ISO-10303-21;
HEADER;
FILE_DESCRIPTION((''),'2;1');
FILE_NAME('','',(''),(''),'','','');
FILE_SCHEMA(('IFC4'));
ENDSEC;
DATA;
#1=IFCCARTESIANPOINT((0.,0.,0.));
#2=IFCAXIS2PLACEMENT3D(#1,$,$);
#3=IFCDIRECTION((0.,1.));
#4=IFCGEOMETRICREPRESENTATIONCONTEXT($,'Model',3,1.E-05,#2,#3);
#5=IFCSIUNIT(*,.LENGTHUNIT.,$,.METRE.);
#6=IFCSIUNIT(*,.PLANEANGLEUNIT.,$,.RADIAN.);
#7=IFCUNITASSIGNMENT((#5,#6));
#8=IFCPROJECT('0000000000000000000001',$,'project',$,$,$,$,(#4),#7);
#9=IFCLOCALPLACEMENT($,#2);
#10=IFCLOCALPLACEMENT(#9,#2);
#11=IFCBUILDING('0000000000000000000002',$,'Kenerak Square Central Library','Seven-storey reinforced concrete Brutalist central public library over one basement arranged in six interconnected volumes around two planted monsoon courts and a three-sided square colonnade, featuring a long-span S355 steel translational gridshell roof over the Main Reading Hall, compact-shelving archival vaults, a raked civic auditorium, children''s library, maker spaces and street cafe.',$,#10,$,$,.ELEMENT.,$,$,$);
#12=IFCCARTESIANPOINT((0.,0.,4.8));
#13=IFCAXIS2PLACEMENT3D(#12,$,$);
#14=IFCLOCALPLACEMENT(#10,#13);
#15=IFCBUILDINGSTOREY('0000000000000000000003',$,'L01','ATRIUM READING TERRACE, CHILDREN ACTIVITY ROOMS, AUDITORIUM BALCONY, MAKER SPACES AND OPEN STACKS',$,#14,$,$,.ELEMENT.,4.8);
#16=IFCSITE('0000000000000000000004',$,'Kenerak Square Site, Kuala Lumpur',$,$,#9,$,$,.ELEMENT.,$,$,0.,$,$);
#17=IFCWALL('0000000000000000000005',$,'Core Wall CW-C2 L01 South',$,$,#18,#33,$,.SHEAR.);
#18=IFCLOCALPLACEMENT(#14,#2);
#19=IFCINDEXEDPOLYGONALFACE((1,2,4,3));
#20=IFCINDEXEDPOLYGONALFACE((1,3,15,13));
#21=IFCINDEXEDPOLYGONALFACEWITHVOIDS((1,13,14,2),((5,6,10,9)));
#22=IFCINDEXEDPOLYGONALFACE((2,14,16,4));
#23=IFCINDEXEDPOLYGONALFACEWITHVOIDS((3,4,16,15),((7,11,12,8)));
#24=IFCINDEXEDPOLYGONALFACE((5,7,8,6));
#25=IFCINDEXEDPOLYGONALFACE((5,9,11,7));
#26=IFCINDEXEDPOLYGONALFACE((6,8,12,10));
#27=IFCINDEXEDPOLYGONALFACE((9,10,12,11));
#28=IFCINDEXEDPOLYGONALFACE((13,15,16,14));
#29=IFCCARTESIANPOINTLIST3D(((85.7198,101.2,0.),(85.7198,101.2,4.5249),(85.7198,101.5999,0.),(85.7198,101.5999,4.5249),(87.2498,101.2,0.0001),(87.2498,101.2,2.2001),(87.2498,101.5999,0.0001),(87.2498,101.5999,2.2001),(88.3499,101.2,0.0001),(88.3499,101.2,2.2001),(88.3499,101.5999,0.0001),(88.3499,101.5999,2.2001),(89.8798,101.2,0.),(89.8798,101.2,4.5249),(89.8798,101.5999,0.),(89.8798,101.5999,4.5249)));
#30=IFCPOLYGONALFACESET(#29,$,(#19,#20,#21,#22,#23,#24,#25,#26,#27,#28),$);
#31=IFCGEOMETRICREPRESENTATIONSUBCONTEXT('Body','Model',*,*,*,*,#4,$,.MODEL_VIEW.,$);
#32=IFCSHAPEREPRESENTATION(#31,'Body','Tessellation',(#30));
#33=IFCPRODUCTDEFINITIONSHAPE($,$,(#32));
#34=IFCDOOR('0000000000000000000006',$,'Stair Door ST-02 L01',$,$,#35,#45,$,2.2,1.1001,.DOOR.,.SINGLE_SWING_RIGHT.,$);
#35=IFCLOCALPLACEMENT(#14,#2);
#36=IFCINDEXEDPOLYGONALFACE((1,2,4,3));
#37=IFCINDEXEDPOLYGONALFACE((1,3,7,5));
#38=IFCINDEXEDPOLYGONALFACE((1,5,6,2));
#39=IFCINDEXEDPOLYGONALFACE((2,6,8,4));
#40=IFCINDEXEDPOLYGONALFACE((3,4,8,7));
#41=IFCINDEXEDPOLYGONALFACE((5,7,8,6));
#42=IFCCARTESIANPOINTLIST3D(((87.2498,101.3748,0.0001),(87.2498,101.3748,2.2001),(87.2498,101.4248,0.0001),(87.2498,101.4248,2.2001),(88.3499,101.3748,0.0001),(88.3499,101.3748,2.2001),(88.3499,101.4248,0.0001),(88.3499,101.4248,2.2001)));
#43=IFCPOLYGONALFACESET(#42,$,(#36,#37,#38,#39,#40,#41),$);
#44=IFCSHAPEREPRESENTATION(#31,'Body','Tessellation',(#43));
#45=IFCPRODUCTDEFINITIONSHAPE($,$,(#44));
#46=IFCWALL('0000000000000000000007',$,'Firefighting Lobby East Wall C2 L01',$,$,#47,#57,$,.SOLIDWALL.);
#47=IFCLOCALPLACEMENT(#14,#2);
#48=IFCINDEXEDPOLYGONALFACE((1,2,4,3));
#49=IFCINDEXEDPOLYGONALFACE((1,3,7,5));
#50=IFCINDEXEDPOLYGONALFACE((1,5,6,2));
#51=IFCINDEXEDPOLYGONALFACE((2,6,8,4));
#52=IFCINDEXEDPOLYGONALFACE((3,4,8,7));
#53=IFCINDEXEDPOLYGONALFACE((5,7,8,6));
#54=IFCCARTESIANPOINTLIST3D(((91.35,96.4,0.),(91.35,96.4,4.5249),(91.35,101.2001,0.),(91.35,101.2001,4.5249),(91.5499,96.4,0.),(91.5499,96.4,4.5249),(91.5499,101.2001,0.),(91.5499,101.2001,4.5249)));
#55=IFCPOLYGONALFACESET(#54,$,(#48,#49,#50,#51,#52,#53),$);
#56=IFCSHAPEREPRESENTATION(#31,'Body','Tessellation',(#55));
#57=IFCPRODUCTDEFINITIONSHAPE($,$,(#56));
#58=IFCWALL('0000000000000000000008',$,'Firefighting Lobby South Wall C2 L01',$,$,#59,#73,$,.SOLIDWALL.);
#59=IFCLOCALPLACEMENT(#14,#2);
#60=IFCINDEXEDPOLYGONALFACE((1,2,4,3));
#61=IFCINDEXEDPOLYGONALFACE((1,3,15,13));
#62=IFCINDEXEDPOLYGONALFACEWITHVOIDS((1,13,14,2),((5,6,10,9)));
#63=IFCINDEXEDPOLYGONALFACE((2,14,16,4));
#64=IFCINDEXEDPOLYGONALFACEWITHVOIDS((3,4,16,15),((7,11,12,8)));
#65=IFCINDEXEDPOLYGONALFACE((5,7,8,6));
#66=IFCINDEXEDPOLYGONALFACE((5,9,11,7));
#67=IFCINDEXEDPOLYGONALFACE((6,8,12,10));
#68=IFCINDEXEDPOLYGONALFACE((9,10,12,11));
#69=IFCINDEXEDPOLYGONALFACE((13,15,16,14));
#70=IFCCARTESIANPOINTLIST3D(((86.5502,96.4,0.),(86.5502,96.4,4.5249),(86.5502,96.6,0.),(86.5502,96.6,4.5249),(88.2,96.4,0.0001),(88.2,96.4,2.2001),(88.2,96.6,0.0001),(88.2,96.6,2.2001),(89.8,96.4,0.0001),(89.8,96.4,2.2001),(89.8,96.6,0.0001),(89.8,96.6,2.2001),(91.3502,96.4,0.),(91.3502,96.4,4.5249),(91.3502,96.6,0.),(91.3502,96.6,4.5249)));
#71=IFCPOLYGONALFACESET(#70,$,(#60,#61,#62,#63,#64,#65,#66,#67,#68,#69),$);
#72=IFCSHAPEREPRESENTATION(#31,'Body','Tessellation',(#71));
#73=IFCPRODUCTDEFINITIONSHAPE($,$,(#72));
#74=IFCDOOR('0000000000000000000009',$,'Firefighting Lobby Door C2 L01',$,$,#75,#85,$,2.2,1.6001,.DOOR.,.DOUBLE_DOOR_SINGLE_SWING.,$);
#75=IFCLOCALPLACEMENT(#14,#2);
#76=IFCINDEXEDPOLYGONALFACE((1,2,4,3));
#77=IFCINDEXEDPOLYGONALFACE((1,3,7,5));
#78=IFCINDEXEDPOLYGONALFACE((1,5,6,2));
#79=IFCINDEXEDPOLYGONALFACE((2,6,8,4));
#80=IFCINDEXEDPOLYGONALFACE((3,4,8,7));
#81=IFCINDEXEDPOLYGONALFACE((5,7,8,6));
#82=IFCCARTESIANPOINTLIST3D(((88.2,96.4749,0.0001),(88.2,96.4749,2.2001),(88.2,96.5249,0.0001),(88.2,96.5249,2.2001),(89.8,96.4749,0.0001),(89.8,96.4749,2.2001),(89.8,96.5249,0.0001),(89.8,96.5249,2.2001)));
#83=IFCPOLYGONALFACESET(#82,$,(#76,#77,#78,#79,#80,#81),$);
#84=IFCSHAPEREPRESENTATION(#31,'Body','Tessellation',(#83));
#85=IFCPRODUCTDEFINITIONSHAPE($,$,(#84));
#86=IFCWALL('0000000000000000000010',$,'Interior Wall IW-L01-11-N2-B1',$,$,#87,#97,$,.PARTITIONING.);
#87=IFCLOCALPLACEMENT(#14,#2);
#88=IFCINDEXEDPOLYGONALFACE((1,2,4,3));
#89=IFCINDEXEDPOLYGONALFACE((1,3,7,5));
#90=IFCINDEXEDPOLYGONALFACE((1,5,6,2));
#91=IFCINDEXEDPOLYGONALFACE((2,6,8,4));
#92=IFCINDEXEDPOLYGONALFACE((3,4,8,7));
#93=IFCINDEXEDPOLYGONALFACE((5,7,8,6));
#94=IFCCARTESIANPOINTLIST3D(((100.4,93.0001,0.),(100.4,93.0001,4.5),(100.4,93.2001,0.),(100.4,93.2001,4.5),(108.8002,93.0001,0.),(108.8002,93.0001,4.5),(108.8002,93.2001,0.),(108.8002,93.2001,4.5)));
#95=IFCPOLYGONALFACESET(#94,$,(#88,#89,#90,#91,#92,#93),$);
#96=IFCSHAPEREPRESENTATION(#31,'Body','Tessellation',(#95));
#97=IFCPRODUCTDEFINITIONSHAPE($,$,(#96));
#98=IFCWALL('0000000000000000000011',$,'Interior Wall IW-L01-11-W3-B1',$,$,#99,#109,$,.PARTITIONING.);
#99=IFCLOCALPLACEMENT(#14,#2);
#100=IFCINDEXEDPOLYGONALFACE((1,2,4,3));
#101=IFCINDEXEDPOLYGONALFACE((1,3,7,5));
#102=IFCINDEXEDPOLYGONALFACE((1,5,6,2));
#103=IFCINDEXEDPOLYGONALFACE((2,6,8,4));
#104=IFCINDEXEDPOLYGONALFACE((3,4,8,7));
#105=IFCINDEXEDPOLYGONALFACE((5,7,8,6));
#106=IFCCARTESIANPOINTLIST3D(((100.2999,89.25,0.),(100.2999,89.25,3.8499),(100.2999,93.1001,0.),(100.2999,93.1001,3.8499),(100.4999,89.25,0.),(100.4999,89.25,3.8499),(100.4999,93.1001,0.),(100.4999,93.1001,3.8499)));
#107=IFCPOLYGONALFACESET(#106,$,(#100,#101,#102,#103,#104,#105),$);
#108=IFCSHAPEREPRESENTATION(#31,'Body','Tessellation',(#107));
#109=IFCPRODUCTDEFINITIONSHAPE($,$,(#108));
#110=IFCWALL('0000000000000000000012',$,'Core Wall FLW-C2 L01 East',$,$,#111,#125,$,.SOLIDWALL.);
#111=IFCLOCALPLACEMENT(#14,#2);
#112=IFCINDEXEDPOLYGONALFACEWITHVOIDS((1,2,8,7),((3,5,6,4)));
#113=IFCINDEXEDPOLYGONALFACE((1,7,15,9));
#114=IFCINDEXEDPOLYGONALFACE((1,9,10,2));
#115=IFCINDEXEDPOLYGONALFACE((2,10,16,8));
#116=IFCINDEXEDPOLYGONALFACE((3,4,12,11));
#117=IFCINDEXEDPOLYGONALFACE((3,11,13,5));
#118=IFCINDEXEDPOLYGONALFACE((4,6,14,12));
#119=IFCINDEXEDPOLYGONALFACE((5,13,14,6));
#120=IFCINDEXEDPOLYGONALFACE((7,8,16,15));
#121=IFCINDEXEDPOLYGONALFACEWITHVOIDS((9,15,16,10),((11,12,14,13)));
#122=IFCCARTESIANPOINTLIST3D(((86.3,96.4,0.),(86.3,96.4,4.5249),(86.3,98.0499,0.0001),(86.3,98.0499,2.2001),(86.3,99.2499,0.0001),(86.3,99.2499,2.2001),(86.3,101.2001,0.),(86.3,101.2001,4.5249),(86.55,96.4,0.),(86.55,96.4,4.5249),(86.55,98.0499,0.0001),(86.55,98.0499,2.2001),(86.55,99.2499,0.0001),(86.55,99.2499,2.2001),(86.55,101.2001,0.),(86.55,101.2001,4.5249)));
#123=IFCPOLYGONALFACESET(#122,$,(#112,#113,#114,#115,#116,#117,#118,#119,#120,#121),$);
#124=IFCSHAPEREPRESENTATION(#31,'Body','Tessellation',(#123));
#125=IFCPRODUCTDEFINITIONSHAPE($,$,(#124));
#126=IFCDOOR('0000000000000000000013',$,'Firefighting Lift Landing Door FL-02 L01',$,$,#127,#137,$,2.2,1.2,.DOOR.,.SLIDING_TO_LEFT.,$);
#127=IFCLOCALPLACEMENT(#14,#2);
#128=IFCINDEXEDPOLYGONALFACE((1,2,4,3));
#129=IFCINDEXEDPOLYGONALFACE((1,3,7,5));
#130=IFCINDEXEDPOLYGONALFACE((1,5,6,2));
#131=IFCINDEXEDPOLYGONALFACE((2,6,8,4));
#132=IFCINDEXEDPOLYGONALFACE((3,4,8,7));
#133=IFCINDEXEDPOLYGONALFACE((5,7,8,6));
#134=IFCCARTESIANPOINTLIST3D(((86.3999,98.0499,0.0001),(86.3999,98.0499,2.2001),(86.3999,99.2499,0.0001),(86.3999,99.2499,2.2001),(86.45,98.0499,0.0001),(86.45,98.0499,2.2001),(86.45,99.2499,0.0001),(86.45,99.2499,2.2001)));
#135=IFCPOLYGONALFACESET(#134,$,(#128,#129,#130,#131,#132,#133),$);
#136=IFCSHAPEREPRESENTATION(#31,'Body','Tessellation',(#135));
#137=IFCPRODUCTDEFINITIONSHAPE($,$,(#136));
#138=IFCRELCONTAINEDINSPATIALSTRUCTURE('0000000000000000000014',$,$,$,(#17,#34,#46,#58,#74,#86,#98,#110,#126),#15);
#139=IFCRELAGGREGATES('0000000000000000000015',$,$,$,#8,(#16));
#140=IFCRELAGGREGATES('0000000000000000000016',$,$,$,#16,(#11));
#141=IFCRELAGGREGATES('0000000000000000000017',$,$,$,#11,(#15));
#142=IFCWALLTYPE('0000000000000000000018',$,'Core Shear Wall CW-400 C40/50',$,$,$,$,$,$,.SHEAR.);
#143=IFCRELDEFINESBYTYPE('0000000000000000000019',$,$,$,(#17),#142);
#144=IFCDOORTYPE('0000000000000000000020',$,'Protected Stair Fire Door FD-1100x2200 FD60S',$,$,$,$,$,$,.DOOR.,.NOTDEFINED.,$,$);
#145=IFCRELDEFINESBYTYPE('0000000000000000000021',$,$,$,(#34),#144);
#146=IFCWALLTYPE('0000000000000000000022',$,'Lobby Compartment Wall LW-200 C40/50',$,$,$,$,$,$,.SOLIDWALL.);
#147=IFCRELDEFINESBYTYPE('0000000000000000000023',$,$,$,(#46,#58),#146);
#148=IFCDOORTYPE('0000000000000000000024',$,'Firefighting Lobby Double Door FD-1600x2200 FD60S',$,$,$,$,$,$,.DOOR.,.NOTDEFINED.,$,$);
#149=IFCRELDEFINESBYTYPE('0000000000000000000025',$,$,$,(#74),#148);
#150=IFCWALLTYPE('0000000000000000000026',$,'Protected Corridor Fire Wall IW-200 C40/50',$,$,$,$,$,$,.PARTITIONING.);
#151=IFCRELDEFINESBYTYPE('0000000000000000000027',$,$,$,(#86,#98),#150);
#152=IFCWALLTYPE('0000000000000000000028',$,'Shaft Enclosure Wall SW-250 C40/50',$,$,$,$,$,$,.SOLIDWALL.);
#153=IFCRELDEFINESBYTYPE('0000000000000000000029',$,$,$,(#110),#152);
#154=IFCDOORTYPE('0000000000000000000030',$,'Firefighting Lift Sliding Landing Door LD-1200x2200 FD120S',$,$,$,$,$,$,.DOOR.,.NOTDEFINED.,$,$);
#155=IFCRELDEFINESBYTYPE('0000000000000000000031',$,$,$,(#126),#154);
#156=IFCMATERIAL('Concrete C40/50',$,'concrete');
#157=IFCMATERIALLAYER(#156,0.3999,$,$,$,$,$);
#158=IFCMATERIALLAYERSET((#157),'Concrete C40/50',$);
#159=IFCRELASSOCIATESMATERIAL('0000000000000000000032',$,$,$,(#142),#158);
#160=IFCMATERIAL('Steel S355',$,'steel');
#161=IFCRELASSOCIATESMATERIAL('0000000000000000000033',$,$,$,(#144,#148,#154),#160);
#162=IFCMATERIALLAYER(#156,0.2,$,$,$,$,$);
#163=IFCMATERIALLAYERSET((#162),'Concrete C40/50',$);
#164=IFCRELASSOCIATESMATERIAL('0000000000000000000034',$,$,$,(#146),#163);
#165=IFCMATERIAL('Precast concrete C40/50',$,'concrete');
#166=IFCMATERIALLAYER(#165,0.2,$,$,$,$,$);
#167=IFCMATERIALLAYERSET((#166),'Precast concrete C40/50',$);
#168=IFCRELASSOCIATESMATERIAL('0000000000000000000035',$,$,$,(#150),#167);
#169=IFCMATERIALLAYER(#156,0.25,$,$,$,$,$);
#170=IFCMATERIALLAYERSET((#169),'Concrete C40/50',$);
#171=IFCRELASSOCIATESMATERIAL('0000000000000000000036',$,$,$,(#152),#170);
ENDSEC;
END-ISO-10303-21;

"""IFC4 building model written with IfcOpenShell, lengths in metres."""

from ifc_helpers import new_model, si_unit, direction, frame, frame_2d, origin, place, context, subcontext, project, spatial, rectangle, extrude, material, layer, layer_set, type_object, element, fill, save


model = new_model("IFC4")

# Units and contexts
model_context = context("Model", 3, precision=1e-05, world=origin(), true_north=direction((0.0, 1.0)))
body_context = subcontext(model_context, "Body", "Model", "MODEL_VIEW")
ifc_project = project(units=[si_unit("LENGTHUNIT", "METRE"), si_unit("PLANEANGLEUNIT", "RADIAN")], contexts=[model_context])

# Site, building, storey
site_placement = place(None, origin())
site = spatial("IfcSite", under=ifc_project, at=site_placement, Name="Kenerak Square Site, Kuala Lumpur", CompositionType="ELEMENT", RefElevation=0.0)
building_placement = place(site_placement, origin())
building = spatial("IfcBuilding", under=site, at=building_placement, Name="Kenerak Square Central Library", Description="Seven-storey reinforced concrete Brutalist central public library over one basement arranged in six interconnected volumes around two planted monsoon courts and a three-sided square colonnade, featuring a long-span S355 steel translational gridshell roof over the Main Reading Hall, compact-shelving archival vaults, a raked civic auditorium, children's library, maker spaces and street cafe.", CompositionType="ELEMENT")
storey_placement = place(building_placement, frame((0.0, 0.0, 4.8)))
storey = spatial("IfcBuildingStorey", under=building, at=storey_placement, Name="L01", Description="ATRIUM READING TERRACE, CHILDREN ACTIVITY ROOMS, AUDITORIUM BALCONY, MAKER SPACES AND OPEN STACKS", CompositionType="ELEMENT", Elevation=4.8)

# Shared definitions
ifc_material_1 = material(Name="Concrete C40/50", Category="concrete")

# Wall, opening, door
ifc_layer_1 = layer(ifc_material_1, 0.3999)
ifc_layer_set_1 = layer_set([ifc_layer_1], Name="Concrete C40/50")
wall_type_1 = type_object("IfcWallType", Name="Core Shear Wall CW-400 C40/50", PredefinedType="SHEAR", material=ifc_layer_set_1)
wall_1_placement = place(storey_placement, frame((89.8799, 101.3999, 0.0), z_axis=(0.0, 0.0, 1.0), x_axis=(-1.0, 0.0, 0.0)))
wall_1 = element("IfcWall", 1, at=wall_1_placement, inside=storey, type_object=wall_type_1, Name="Core Wall CW-C2 L01 South", PredefinedType="SHEAR", context=body_context, shape_type="SweptSolid", body=[
    extrude(rectangle(XDim=4.1599, YDim=0.3999, at=frame_2d((2.0801, 0.0))), origin(), (0.0, 0.0, 1.0), 4.5249),
])
opening_1_placement = place(wall_1_placement, frame((1.53, 0.0, 0.0)))
opening_1 = element("IfcOpeningElement", 2, at=opening_1_placement, cuts=wall_1, PredefinedType="OPENING", context=body_context, shape_type="SweptSolid", body=[
    extrude(rectangle(XDim=1.1001, YDim=2.2, at=frame_2d((0.55, 1.1001))), frame((0.0, 0.21, 0.0), z_axis=(0.0, -1.0, 0.0), x_axis=(1.0, 0.0, 0.0)), (0.0, 0.0, 1.0), 0.4199),
])
ifc_material_2 = material(Name="Steel S355", Category="steel")
door_type_1 = type_object("IfcDoorType", Name="Protected Stair Fire Door FD-1100x2200 FD60S", OperationType="NOTDEFINED", PredefinedType="DOOR", material=ifc_material_2)
door_1_placement = place(opening_1_placement, frame((1.1001, 0.0, 0.0), z_axis=(0.0, 0.0, 1.0), x_axis=(-1.0, 0.0, 0.0)))
door_1 = element("IfcDoor", 3, at=door_1_placement, inside=storey, type_object=door_type_1, Name="Stair Door ST-02 L01", OperationType="SINGLE_SWING_RIGHT", OverallHeight=2.2, OverallWidth=1.1001, PredefinedType="DOOR", context=body_context, shape_type="SweptSolid", body=[
    extrude(rectangle(XDim=1.1001, YDim=2.2, at=frame_2d((0.55, 1.1001))), frame((0.0, 0.0249, 0.0), z_axis=(0.0, -1.0, 0.0), x_axis=(1.0, 0.0, 0.0)), (0.0, 0.0, 1.0), 0.05),
])
fill(opening_1, door_1)

# Wall
ifc_layer_2 = layer(ifc_material_1, 0.2)
ifc_layer_set_2 = layer_set([ifc_layer_2], Name="Concrete C40/50")
wall_type_2 = type_object("IfcWallType", Name="Lobby Compartment Wall LW-200 C40/50", PredefinedType="SOLIDWALL", material=ifc_layer_set_2)
wall_2_placement = place(storey_placement, frame((91.45, 101.2, 0.0), z_axis=(0.0, 0.0, 1.0), x_axis=(0.0, -1.0, 0.0)))
element("IfcWall", 4, at=wall_2_placement, inside=storey, type_object=wall_type_2, Name="Firefighting Lobby East Wall C2 L01", PredefinedType="SOLIDWALL", context=body_context, shape_type="SweptSolid", body=[
    extrude(rectangle(XDim=4.8, YDim=0.2, at=frame_2d((2.3999, 0.0))), origin(), (0.0, 0.0, 1.0), 4.5249),
])

# Wall, opening, door
wall_3_placement = place(storey_placement, frame((91.3501, 96.5, 0.0), z_axis=(0.0, 0.0, 1.0), x_axis=(-1.0, 0.0, 0.0)))
wall_3 = element("IfcWall", 5, at=wall_3_placement, inside=storey, type_object=wall_type_2, Name="Firefighting Lobby South Wall C2 L01", PredefinedType="SOLIDWALL", context=body_context, shape_type="SweptSolid", body=[
    extrude(rectangle(XDim=4.8, YDim=0.2, at=frame_2d((2.3999, 0.0))), origin(), (0.0, 0.0, 1.0), 4.5249),
])
opening_2_placement = place(wall_3_placement, frame((1.55, 0.0, 0.0)))
opening_2 = element("IfcOpeningElement", 6, at=opening_2_placement, cuts=wall_3, PredefinedType="OPENING", context=body_context, shape_type="SweptSolid", body=[
    extrude(rectangle(XDim=1.6001, YDim=2.2, at=frame_2d((0.8, 1.1001))), frame((0.0, 0.1099, 0.0), z_axis=(0.0, -1.0, 0.0), x_axis=(1.0, 0.0, 0.0)), (0.0, 0.0, 1.0), 0.22),
])
door_type_2 = type_object("IfcDoorType", Name="Firefighting Lobby Double Door FD-1600x2200 FD60S", OperationType="NOTDEFINED", PredefinedType="DOOR", material=ifc_material_2)
door_2_placement = place(opening_2_placement, frame((1.6001, 0.0, 0.0), z_axis=(0.0, 0.0, 1.0), x_axis=(-1.0, 0.0, 0.0)))
door_2 = element("IfcDoor", 7, at=door_2_placement, inside=storey, type_object=door_type_2, Name="Firefighting Lobby Door C2 L01", OperationType="DOUBLE_DOOR_SINGLE_SWING", OverallHeight=2.2, OverallWidth=1.6001, PredefinedType="DOOR", context=body_context, shape_type="SweptSolid", body=[
    extrude(rectangle(XDim=1.6001, YDim=2.2, at=frame_2d((0.8, 1.1001))), frame((0.0, 0.0249, 0.0), z_axis=(0.0, -1.0, 0.0), x_axis=(1.0, 0.0, 0.0)), (0.0, 0.0, 1.0), 0.05),
])
fill(opening_2, door_2)

# Walls
ifc_material_3 = material(Name="Precast concrete C40/50", Category="concrete")
ifc_layer_3 = layer(ifc_material_3, 0.2)
ifc_layer_set_3 = layer_set([ifc_layer_3], Name="Precast concrete C40/50")
wall_type_3 = type_object("IfcWallType", Name="Protected Corridor Fire Wall IW-200 C40/50", PredefinedType="PARTITIONING", material=ifc_layer_set_3)
wall_4_placement = place(storey_placement, frame((100.3999, 93.1001, 0.0), z_axis=(0.0, 0.0, 1.0), x_axis=(1.0, 0.0, 0.0)))
element("IfcWall", 8, at=wall_4_placement, inside=storey, type_object=wall_type_3, Name="Interior Wall IW-L01-11-N2-B1", PredefinedType="PARTITIONING", context=body_context, shape_type="SweptSolid", body=[
    extrude(rectangle(XDim=8.4001, YDim=0.2, at=frame_2d((4.2002, 0.0))), origin(), (0.0, 0.0, 1.0), 4.5),
])
wall_5_placement = place(storey_placement, frame((100.3999, 89.25, 0.0), z_axis=(0.0, 0.0, 1.0), x_axis=(0.0, 1.0, 0.0)))
element("IfcWall", 9, at=wall_5_placement, inside=storey, type_object=wall_type_3, Name="Interior Wall IW-L01-11-W3-B1", PredefinedType="PARTITIONING", context=body_context, shape_type="SweptSolid", body=[
    extrude(rectangle(XDim=3.8501, YDim=0.2, at=frame_2d((1.925, 0.0))), origin(), (0.0, 0.0, 1.0), 3.8499),
])

# Wall, opening, door
ifc_layer_4 = layer(ifc_material_1, 0.25)
ifc_layer_set_4 = layer_set([ifc_layer_4], Name="Concrete C40/50")
wall_type_4 = type_object("IfcWallType", Name="Shaft Enclosure Wall SW-250 C40/50", PredefinedType="SOLIDWALL", material=ifc_layer_set_4)
wall_6_placement = place(storey_placement, frame((86.425, 101.2, 0.0), z_axis=(0.0, 0.0, 1.0), x_axis=(0.0, -1.0, 0.0)))
wall_6 = element("IfcWall", 10, at=wall_6_placement, inside=storey, type_object=wall_type_4, Name="Core Wall FLW-C2 L01 East", PredefinedType="SOLIDWALL", context=body_context, shape_type="SweptSolid", body=[
    extrude(rectangle(XDim=4.8, YDim=0.25, at=frame_2d((2.3999, 0.0))), origin(), (0.0, 0.0, 1.0), 4.5249),
])
opening_3_placement = place(wall_6_placement, frame((1.95, 0.0, 0.0)))
opening_3 = element("IfcOpeningElement", 11, at=opening_3_placement, cuts=wall_6, PredefinedType="OPENING", context=body_context, shape_type="SweptSolid", body=[
    extrude(rectangle(XDim=1.2, YDim=2.2, at=frame_2d((0.6001, 1.1001))), frame((0.0, 0.135, 0.0), z_axis=(0.0, -1.0, 0.0), x_axis=(1.0, 0.0, 0.0)), (0.0, 0.0, 1.0), 0.27),
])
door_type_3 = type_object("IfcDoorType", Name="Firefighting Lift Sliding Landing Door LD-1200x2200 FD120S", OperationType="NOTDEFINED", PredefinedType="DOOR", material=ifc_material_2)
door_3_placement = place(opening_3_placement, origin())
door_3 = element("IfcDoor", 12, at=door_3_placement, inside=storey, type_object=door_type_3, Name="Firefighting Lift Landing Door FL-02 L01", OperationType="SLIDING_TO_LEFT", OverallHeight=2.2, OverallWidth=1.2, PredefinedType="DOOR", context=body_context, shape_type="SweptSolid", body=[
    extrude(rectangle(XDim=1.2, YDim=2.2, at=frame_2d((0.6001, 1.1001))), frame((0.0, 0.0249, 0.0), z_axis=(0.0, -1.0, 0.0), x_axis=(1.0, 0.0, 0.0)), (0.0, 0.0, 1.0), 0.05),
])
fill(opening_3, door_3)

save(model, "model.ifc")
